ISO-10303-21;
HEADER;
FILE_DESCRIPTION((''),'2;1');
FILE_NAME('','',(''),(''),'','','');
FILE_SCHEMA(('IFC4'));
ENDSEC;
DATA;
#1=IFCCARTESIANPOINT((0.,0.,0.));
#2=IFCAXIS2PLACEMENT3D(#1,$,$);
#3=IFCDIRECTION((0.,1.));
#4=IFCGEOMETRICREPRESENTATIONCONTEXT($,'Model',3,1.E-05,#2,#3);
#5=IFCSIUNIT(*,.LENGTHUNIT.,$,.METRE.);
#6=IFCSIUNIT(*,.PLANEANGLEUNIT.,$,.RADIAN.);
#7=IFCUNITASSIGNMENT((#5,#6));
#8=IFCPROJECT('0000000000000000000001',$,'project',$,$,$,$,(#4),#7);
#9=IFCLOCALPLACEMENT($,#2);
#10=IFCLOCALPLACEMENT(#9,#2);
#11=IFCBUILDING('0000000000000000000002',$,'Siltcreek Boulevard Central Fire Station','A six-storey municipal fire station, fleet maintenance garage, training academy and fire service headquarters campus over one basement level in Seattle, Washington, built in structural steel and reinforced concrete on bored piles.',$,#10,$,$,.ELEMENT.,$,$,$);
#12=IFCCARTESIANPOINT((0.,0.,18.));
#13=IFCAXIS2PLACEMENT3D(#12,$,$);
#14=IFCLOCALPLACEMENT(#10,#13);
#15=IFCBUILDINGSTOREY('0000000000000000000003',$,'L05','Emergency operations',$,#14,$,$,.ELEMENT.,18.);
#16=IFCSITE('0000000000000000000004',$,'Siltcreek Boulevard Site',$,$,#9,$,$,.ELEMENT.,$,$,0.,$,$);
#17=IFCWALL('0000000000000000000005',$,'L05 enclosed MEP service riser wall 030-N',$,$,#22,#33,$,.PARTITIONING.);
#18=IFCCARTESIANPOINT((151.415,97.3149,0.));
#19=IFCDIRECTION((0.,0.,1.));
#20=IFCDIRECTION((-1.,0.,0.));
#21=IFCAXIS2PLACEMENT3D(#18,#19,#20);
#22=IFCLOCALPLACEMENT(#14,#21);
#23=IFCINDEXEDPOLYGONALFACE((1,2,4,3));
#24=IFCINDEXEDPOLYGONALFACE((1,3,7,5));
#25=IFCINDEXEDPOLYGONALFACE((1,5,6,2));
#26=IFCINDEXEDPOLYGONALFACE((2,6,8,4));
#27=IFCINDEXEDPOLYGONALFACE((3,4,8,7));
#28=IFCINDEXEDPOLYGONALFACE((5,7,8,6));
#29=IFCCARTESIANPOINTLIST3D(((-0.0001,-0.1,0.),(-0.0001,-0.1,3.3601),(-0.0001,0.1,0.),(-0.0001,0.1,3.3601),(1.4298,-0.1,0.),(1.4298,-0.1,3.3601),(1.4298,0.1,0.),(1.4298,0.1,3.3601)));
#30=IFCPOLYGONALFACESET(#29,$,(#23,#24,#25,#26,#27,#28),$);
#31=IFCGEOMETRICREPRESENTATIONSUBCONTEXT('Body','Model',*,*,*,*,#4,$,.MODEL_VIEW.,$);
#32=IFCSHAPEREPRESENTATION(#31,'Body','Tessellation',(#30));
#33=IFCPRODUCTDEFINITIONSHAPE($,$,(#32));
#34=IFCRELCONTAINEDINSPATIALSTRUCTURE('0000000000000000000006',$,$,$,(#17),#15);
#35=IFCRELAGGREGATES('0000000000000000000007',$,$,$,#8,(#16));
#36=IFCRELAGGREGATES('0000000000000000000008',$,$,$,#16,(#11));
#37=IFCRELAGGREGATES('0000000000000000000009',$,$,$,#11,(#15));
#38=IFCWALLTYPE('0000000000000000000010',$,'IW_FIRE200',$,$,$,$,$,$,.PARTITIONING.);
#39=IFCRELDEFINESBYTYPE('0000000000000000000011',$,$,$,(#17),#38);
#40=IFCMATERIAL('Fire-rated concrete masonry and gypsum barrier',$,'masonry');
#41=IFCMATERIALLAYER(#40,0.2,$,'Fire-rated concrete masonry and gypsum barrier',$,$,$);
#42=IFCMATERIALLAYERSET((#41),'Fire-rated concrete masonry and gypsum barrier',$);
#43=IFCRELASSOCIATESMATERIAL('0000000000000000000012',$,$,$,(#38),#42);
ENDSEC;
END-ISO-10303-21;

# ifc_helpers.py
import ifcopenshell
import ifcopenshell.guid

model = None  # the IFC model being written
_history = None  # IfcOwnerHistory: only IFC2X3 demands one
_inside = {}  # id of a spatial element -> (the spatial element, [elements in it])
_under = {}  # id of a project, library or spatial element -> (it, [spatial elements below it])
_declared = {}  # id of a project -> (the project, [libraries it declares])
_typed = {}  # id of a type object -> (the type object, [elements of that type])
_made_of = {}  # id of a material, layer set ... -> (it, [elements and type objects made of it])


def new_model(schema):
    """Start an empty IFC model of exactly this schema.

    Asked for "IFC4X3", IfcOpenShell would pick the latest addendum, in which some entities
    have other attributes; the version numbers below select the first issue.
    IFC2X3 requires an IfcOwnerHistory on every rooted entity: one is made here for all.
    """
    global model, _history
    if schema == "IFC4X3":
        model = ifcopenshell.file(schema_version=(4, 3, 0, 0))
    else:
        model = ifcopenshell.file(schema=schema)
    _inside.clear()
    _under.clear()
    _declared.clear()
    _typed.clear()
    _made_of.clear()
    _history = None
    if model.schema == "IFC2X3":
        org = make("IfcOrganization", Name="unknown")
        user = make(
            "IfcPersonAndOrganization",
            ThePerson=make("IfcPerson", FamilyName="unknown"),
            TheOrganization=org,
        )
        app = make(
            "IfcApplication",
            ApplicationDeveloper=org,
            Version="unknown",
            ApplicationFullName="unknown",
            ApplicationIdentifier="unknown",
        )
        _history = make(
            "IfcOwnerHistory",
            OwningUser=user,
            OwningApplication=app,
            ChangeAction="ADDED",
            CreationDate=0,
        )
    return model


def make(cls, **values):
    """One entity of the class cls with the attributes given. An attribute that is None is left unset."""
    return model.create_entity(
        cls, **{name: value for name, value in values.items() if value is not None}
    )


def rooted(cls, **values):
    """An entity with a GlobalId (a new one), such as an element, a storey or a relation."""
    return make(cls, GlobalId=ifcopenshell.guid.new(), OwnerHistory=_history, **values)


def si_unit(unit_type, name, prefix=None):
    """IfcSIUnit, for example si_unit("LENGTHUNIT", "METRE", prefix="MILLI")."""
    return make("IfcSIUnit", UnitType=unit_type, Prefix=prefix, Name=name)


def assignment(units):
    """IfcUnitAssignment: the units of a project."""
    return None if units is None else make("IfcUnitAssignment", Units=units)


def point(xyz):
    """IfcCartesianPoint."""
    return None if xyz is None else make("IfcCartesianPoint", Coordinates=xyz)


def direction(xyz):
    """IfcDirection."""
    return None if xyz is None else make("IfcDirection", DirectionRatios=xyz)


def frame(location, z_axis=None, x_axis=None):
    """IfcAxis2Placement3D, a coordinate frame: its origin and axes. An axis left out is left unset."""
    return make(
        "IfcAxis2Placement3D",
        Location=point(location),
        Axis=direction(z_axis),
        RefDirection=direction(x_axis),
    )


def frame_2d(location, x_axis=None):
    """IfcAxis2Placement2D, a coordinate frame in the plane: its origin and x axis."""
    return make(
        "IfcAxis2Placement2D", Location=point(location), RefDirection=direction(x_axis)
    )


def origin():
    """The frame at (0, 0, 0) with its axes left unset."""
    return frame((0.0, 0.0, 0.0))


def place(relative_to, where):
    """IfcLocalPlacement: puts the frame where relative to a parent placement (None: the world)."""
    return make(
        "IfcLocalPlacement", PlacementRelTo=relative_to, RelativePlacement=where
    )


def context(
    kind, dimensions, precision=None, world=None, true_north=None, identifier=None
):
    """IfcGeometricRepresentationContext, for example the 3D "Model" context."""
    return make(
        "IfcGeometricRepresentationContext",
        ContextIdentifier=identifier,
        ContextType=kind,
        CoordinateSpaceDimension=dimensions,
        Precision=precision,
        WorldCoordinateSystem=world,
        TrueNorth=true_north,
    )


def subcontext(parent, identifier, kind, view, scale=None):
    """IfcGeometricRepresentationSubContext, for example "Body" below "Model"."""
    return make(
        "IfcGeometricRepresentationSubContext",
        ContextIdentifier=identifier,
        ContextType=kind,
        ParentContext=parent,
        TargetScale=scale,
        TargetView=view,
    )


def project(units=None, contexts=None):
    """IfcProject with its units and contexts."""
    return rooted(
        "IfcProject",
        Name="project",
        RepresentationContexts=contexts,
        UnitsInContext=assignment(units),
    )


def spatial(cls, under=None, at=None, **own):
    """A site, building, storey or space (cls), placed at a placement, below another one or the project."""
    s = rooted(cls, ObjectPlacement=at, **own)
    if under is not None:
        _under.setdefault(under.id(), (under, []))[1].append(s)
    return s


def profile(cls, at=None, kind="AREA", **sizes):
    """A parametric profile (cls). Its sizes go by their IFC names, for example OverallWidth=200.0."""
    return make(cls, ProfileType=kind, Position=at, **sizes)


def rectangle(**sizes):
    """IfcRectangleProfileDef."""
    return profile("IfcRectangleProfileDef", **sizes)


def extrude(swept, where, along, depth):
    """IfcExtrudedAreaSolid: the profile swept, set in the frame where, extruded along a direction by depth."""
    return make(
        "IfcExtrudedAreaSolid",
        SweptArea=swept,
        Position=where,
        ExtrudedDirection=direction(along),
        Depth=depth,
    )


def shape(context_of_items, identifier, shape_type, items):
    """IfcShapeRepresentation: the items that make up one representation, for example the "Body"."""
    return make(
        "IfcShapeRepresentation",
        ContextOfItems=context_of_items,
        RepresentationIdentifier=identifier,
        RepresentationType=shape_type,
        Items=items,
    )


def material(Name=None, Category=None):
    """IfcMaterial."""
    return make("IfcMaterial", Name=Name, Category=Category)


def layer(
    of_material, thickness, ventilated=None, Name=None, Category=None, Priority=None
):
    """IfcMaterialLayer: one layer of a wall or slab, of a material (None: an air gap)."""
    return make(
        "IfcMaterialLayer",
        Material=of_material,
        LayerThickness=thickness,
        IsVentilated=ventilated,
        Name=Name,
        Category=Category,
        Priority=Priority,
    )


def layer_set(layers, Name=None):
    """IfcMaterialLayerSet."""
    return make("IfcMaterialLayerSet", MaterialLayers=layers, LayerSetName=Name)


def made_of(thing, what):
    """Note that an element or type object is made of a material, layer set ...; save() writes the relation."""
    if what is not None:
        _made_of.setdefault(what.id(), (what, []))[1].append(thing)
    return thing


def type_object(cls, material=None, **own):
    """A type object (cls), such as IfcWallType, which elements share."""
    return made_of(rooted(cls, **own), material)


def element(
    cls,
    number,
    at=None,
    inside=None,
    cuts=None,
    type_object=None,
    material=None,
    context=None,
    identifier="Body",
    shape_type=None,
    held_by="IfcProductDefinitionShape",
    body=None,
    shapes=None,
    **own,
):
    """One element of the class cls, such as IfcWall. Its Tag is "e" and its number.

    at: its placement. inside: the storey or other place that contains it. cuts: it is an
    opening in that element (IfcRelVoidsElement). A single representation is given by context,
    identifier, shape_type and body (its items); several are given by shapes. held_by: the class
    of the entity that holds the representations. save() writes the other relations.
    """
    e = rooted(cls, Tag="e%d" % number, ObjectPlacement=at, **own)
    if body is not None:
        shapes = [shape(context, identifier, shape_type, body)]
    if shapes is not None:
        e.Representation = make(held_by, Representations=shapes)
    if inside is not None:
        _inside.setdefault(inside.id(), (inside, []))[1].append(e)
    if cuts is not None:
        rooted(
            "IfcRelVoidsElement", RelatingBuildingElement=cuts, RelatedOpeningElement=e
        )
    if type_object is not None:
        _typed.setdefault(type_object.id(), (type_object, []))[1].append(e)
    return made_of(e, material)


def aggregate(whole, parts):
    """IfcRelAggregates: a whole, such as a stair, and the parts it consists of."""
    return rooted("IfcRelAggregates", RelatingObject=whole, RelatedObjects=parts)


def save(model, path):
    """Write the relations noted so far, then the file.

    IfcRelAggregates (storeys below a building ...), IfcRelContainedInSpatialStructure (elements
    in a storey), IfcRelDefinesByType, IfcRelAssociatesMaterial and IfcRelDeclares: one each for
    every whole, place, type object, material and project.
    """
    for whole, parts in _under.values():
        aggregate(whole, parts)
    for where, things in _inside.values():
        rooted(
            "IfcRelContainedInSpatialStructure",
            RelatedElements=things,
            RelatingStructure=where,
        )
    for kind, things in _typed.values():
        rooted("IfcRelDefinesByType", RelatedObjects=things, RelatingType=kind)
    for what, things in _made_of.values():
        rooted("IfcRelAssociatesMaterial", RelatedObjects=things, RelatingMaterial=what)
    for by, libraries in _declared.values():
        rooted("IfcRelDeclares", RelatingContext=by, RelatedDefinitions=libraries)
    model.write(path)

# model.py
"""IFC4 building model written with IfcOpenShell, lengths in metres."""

from ifc_helpers import new_model, si_unit, direction, frame, frame_2d, origin, place, context, subcontext, project, spatial, rectangle, extrude, material, layer, layer_set, type_object, element, save


model = new_model("IFC4")

# Units and contexts
model_context = context("Model", 3, precision=1e-05, world=origin(), true_north=direction((0.0, 1.0)))
body_context = subcontext(model_context, "Body", "Model", "MODEL_VIEW")
ifc_project = project(units=[si_unit("LENGTHUNIT", "METRE"), si_unit("PLANEANGLEUNIT", "RADIAN")], contexts=[model_context])

# Site, building, storey
site_placement = place(None, origin())
site = spatial("IfcSite", under=ifc_project, at=site_placement, Name="Siltcreek Boulevard Site", CompositionType="ELEMENT", RefElevation=0.0)
building_placement = place(site_placement, origin())
building = spatial("IfcBuilding", under=site, at=building_placement, Name="Siltcreek Boulevard Central Fire Station", Description="A six-storey municipal fire station, fleet maintenance garage, training academy and fire service headquarters campus over one basement level in Seattle, Washington, built in structural steel and reinforced concrete on bored piles.", CompositionType="ELEMENT")
storey_placement = place(building_placement, frame((0.0, 0.0, 18.0)))
storey = spatial("IfcBuildingStorey", under=building, at=storey_placement, Name="L05", Description="Emergency operations", CompositionType="ELEMENT", Elevation=18.0)

# Wall
ifc_material_1 = material(Name="Fire-rated concrete masonry and gypsum barrier", Category="masonry")
ifc_layer_1 = layer(ifc_material_1, 0.2, Name="Fire-rated concrete masonry and gypsum barrier")
ifc_layer_set_1 = layer_set([ifc_layer_1], Name="Fire-rated concrete masonry and gypsum barrier")
wall_type_1 = type_object("IfcWallType", Name="IW_FIRE200", PredefinedType="PARTITIONING", material=ifc_layer_set_1)
wall_1_placement = place(storey_placement, frame((151.415, 97.3149, 0.0), z_axis=(0.0, 0.0, 1.0), x_axis=(-1.0, 0.0, 0.0)))
element("IfcWall", 1, at=wall_1_placement, inside=storey, type_object=wall_type_1, Name="L05 enclosed MEP service riser wall 030-N", PredefinedType="PARTITIONING", context=body_context, shape_type="SweptSolid", body=[
    extrude(rectangle(XDim=1.4299, YDim=0.2, at=frame_2d((0.7148, 0.0))), origin(), (0.0, 0.0, 1.0), 3.3601),
])

save(model, "model.ifc")
